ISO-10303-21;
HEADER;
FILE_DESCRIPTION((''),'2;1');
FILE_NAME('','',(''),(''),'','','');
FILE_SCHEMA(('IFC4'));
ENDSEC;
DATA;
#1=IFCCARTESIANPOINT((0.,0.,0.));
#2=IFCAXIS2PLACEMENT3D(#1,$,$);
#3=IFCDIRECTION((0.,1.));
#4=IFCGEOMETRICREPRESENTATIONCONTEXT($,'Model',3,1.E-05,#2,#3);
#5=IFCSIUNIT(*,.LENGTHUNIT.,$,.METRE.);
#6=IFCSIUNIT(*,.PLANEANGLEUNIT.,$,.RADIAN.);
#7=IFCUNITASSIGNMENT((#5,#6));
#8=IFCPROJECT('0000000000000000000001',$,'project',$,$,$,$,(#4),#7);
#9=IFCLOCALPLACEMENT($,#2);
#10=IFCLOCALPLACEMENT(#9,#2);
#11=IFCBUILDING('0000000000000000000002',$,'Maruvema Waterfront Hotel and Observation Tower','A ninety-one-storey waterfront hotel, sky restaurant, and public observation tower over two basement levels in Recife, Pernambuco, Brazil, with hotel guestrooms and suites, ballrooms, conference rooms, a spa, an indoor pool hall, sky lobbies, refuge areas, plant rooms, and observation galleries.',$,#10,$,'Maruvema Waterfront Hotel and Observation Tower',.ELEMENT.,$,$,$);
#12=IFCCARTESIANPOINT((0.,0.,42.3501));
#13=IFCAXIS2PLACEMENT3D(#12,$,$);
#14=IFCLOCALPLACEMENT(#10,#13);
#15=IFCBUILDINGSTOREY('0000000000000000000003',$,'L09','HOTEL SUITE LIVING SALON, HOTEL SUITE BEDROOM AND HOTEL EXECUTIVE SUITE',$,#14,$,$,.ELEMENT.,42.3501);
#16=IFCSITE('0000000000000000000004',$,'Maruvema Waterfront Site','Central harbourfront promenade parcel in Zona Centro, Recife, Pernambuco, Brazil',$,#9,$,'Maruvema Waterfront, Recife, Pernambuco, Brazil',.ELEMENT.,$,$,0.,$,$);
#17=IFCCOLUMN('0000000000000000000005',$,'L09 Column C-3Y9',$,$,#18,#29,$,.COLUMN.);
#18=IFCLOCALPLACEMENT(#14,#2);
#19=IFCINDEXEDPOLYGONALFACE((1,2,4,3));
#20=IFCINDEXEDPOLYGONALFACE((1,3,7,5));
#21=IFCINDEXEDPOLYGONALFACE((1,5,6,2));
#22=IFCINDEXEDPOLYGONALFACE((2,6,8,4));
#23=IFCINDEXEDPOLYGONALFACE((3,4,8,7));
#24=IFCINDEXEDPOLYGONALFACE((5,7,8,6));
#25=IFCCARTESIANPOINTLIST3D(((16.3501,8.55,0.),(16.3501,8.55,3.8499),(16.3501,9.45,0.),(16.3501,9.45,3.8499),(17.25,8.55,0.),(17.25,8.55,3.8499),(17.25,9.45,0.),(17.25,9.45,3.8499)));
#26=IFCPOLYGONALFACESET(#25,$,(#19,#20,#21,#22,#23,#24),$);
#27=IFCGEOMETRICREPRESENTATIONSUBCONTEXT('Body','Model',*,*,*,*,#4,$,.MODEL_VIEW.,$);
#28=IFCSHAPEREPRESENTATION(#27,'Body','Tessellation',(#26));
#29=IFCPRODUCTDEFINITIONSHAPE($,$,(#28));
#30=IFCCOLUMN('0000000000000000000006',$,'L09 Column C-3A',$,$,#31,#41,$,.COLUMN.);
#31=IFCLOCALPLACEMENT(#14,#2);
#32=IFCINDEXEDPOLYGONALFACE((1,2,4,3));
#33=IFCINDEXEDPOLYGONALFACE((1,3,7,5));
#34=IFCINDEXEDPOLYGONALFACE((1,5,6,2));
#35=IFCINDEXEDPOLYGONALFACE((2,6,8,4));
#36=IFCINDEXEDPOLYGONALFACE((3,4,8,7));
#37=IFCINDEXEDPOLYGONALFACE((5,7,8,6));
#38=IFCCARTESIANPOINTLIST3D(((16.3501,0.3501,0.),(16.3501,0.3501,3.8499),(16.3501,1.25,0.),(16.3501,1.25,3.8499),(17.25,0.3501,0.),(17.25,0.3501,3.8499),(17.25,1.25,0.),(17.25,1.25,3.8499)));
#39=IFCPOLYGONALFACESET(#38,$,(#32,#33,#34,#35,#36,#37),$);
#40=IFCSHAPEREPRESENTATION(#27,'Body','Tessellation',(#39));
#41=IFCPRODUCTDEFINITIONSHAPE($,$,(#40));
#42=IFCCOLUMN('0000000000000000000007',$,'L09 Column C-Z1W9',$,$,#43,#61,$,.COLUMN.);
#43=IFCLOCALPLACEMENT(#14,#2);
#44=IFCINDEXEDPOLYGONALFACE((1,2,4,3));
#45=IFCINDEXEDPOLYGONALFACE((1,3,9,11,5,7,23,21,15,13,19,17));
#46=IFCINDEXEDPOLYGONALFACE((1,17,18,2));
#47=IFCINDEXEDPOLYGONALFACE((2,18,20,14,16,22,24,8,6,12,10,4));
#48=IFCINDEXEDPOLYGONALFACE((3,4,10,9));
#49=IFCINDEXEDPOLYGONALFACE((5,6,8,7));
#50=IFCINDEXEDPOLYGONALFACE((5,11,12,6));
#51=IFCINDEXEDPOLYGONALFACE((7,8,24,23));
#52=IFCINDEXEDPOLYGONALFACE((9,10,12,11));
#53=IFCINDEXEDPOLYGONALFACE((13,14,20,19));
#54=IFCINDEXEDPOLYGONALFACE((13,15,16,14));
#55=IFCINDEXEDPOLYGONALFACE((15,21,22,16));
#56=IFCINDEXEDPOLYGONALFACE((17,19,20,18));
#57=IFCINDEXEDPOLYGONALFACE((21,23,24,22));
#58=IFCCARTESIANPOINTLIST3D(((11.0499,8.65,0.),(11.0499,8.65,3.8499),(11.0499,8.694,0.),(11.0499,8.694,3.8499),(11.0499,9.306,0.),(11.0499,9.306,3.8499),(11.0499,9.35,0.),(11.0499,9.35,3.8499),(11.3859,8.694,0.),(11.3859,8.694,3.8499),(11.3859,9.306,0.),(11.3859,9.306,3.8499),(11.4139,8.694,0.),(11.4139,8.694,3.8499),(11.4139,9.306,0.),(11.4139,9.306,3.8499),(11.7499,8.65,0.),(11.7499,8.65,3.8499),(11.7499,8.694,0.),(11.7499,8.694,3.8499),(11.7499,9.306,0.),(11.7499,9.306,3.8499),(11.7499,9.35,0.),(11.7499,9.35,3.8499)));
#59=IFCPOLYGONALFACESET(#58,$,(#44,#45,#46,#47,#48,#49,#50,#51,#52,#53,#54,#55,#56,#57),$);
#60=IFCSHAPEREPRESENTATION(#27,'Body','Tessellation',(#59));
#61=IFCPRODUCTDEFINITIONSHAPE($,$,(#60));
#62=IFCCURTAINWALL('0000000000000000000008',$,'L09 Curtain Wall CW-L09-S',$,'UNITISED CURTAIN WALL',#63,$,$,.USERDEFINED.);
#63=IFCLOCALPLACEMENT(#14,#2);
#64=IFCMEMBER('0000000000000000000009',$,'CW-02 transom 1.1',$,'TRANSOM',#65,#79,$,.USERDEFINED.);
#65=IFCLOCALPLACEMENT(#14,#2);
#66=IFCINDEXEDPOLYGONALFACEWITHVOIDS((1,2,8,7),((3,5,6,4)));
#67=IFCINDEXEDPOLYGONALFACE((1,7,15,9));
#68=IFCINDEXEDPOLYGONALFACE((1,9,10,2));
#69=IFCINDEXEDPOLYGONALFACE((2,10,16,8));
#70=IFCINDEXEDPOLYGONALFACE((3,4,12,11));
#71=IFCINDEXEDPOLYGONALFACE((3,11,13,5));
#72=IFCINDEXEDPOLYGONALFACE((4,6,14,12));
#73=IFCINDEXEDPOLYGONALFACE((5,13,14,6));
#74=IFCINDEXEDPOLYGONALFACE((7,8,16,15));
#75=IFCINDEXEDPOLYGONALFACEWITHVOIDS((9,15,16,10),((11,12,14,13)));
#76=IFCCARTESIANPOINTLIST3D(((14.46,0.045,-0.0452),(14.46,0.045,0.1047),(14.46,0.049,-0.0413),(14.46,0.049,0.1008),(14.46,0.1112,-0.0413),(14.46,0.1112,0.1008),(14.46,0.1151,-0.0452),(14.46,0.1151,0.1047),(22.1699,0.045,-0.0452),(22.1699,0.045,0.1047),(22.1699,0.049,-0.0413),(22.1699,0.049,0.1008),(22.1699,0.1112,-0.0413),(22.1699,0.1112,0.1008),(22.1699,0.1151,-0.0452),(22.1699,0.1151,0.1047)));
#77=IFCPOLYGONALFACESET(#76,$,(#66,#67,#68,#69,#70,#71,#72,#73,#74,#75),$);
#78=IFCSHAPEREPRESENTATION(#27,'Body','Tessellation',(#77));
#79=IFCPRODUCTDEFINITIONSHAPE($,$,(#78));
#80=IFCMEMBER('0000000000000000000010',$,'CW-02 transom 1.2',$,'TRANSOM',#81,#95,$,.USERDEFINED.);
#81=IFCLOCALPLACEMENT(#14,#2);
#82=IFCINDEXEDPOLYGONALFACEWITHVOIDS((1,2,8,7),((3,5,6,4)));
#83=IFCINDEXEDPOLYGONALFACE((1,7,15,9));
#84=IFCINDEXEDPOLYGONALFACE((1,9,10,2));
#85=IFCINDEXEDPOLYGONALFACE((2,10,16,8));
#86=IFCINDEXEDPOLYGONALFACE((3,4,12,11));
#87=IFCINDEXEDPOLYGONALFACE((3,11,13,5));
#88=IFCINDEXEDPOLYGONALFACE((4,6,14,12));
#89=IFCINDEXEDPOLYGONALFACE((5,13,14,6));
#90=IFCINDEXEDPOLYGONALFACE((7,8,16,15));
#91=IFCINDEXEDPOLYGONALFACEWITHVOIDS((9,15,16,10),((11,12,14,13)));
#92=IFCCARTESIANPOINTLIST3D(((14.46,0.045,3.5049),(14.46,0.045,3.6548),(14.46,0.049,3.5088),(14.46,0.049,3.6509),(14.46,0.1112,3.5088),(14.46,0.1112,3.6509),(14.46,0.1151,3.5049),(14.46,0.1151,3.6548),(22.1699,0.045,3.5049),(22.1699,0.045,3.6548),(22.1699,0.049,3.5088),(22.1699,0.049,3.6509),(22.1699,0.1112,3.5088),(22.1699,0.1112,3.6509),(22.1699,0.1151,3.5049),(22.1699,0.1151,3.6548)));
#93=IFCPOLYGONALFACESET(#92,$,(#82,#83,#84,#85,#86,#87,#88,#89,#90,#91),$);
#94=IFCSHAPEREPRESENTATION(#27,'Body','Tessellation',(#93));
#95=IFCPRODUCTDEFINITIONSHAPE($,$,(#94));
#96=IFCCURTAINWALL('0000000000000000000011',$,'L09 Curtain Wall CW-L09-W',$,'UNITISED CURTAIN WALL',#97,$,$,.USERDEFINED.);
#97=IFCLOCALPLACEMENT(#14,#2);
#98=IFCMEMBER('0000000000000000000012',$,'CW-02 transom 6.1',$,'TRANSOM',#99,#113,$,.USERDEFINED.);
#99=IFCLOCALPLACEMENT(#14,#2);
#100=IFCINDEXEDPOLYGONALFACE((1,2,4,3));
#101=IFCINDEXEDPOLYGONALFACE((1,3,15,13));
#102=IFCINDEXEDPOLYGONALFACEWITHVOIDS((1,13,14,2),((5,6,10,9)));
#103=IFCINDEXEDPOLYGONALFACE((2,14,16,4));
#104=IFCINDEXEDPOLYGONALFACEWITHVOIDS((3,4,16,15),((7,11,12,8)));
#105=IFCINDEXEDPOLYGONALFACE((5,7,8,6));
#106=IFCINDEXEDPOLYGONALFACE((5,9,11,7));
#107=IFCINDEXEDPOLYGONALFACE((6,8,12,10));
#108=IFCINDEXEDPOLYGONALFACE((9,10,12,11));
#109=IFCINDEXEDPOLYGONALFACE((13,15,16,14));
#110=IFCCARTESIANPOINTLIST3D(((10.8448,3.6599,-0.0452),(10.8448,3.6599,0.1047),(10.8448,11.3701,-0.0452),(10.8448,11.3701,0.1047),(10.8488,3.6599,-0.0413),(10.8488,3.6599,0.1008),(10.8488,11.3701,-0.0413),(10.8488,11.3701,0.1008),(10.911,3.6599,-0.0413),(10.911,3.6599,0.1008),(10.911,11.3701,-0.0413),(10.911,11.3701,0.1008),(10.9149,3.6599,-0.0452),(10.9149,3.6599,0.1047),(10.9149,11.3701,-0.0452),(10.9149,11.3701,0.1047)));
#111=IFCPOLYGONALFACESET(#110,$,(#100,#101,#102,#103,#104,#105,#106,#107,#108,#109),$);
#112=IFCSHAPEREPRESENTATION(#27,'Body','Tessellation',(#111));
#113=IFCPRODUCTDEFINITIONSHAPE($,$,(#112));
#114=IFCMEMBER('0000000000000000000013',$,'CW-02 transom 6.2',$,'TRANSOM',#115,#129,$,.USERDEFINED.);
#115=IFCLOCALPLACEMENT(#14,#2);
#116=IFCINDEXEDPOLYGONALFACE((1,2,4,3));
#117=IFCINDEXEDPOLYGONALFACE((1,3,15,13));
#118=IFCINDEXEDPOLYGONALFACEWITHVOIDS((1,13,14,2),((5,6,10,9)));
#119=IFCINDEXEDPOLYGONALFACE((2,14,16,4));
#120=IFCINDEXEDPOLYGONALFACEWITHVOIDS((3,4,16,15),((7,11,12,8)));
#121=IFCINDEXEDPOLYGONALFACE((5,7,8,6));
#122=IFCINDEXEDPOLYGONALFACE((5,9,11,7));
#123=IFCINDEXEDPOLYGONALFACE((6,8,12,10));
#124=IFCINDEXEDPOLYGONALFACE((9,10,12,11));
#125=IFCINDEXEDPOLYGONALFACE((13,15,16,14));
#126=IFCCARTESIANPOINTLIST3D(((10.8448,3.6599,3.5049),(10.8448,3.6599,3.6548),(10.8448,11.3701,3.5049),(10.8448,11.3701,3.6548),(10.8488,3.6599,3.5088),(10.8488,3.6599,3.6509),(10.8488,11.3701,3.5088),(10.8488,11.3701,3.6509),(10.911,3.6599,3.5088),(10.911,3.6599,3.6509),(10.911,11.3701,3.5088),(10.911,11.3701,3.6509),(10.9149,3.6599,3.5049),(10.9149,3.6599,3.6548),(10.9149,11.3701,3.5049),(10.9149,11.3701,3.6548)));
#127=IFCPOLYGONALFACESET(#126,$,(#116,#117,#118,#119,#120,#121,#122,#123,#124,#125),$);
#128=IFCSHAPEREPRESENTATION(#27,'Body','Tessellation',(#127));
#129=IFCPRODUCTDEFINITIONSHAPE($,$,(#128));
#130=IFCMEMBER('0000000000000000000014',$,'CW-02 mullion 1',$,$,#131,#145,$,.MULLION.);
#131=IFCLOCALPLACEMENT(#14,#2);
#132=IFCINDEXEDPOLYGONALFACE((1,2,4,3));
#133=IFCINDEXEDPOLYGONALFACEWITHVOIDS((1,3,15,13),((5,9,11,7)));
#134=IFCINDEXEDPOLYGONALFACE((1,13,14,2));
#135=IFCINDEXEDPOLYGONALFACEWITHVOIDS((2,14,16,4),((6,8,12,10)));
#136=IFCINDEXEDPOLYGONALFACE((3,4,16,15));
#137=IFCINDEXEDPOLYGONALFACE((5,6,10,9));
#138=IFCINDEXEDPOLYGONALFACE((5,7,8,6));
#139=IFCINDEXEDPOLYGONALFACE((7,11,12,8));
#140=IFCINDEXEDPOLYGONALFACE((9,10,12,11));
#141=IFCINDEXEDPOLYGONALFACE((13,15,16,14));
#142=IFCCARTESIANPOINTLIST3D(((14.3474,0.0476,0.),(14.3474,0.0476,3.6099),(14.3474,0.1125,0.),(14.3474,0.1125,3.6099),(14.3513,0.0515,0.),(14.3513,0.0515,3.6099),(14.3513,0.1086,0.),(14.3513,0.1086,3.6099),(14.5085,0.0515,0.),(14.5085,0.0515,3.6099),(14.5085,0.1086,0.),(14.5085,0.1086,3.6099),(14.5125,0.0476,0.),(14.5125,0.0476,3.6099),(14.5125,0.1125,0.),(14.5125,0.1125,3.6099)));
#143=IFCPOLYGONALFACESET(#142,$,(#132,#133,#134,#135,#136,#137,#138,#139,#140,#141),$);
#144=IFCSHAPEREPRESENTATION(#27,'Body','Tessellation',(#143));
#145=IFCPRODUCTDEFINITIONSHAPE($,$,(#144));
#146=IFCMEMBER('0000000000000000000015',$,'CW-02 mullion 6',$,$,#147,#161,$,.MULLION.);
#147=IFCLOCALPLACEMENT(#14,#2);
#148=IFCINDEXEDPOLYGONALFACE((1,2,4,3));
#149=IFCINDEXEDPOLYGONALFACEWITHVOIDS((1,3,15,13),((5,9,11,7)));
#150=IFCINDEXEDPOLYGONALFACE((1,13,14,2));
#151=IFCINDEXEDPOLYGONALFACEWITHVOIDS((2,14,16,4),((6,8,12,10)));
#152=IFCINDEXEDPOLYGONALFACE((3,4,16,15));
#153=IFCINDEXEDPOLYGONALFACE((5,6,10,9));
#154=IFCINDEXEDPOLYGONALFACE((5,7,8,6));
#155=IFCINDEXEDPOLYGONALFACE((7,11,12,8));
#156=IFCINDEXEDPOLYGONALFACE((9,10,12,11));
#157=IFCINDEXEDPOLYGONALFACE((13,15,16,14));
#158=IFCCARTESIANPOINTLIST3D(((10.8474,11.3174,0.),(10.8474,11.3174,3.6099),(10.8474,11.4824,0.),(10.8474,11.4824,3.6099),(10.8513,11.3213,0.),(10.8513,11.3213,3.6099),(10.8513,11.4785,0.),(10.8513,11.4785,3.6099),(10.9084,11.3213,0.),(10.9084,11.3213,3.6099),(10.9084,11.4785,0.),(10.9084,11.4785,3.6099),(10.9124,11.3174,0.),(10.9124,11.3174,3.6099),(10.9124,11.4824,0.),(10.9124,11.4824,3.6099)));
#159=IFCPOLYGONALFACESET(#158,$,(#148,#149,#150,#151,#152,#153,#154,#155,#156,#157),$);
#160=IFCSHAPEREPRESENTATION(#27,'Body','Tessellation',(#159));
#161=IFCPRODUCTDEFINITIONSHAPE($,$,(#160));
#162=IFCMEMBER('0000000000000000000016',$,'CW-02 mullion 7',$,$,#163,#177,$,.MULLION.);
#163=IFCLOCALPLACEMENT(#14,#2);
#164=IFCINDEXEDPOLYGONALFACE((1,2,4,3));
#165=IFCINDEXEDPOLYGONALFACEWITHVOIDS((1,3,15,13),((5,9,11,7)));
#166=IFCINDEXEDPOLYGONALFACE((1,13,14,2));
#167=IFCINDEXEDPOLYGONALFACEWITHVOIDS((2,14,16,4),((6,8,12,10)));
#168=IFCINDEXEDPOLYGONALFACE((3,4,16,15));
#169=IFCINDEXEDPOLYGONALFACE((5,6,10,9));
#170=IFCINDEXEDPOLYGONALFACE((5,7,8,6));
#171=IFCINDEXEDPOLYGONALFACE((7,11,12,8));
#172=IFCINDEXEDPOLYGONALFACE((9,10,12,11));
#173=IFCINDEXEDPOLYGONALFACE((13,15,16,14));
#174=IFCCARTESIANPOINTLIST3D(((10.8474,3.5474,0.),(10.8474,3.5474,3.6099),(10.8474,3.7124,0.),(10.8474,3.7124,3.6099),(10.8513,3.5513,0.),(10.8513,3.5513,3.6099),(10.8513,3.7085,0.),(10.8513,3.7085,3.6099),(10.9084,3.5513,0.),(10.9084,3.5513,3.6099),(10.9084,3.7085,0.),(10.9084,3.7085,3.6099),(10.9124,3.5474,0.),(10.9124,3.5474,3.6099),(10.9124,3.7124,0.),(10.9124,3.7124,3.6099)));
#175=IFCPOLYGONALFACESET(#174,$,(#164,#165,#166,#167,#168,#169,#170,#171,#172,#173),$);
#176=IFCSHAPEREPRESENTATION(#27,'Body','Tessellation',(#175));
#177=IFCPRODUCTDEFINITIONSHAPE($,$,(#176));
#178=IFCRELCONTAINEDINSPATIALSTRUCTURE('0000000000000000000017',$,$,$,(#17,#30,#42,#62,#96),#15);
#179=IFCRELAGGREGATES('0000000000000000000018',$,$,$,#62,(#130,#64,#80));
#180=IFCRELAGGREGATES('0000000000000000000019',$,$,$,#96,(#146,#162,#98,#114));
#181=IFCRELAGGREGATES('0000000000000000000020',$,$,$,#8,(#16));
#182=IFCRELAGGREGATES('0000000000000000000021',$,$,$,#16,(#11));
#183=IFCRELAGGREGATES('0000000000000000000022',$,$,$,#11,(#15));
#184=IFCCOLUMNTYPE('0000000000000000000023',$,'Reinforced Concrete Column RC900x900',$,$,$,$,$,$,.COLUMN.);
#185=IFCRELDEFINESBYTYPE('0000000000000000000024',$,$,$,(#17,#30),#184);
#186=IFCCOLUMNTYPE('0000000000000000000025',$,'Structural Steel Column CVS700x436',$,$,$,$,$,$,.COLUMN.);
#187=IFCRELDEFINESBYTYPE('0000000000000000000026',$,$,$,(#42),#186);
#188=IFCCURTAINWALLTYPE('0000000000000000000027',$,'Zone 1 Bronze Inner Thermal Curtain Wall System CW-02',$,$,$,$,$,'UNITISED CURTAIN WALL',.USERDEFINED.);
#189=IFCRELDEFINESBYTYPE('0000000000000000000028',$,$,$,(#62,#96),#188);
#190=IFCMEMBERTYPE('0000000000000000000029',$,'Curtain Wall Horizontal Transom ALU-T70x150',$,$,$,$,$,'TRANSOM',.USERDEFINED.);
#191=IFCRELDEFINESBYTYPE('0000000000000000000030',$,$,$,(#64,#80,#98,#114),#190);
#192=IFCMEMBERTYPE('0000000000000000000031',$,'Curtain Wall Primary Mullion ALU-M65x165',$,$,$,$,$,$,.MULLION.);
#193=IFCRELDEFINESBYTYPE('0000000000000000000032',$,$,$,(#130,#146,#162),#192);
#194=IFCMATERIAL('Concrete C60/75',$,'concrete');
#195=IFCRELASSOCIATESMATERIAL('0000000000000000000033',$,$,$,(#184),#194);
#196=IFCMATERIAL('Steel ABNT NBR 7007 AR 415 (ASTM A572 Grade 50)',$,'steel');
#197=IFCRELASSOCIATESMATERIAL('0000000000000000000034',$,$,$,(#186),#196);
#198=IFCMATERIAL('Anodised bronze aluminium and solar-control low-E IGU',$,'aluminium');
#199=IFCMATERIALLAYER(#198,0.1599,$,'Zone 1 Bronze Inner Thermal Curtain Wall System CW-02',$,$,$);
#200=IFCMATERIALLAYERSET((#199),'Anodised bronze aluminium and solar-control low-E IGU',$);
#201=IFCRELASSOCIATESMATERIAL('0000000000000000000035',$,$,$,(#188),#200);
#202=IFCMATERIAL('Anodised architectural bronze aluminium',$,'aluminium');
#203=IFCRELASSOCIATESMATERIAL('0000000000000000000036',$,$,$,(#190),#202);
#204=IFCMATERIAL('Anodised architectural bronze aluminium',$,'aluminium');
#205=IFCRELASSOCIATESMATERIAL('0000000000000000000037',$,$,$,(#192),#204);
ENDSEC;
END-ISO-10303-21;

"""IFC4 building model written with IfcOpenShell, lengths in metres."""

from ifc_helpers import new_model, si_unit, direction, frame, origin, origin_2d, place, context, subcontext, project, spatial, rectangle, hollow_rectangle, i_section, extrude, material, layer, layer_set, material_profile, profile_set, type_object, element, aggregate, save


model = new_model("IFC4")

# Units and contexts
model_context = context("Model", 3, precision=1e-05, world=origin(), true_north=direction((0.0, 1.0)))
body_context = subcontext(model_context, "Body", "Model", "MODEL_VIEW")
ifc_project = project(units=[si_unit("LENGTHUNIT", "METRE"), si_unit("PLANEANGLEUNIT", "RADIAN")], contexts=[model_context])

# Site, building, storey
site_placement = place(None, origin())
site = spatial("IfcSite", under=ifc_project, at=site_placement, Name="Maruvema Waterfront Site", Description="Central harbourfront promenade parcel in Zona Centro, Recife, Pernambuco, Brazil", LongName="Maruvema Waterfront, Recife, Pernambuco, Brazil", CompositionType="ELEMENT", RefElevation=0.0)
building_placement = place(site_placement, origin())
building = spatial("IfcBuilding", under=site, at=building_placement, Name="Maruvema Waterfront Hotel and Observation Tower", Description="A ninety-one-storey waterfront hotel, sky restaurant, and public observation tower over two basement levels in Recife, Pernambuco, Brazil, with hotel guestrooms and suites, ballrooms, conference rooms, a spa, an indoor pool hall, sky lobbies, refuge areas, plant rooms, and observation galleries.", LongName="Maruvema Waterfront Hotel and Observation Tower", CompositionType="ELEMENT")
storey_placement = place(building_placement, frame((0.0, 0.0, 42.3501)))
storey = spatial("IfcBuildingStorey", under=building, at=storey_placement, Name="L09", Description="HOTEL SUITE LIVING SALON, HOTEL SUITE BEDROOM AND HOTEL EXECUTIVE SUITE", CompositionType="ELEMENT", Elevation=42.3501)

# Columns
ifc_material_1 = material(Name="Concrete C60/75", Category="concrete")
ifc_material_profile_1 = material_profile(ifc_material_1, rectangle(XDim=0.8999, YDim=0.8999, at=origin_2d()), Name="RC900x900")
ifc_profile_set_1 = profile_set([ifc_material_profile_1], Name="Concrete C60/75")
column_type_1 = type_object("IfcColumnType", Name="Reinforced Concrete Column RC900x900", PredefinedType="COLUMN", material=ifc_profile_set_1)
for number, where, z_axis, x_axis, name in (
    (1, (16.8, 9.0, 0.0), (0.0, 0.0, 1.0), (1.0, 0.0, 0.0), "L09 Column C-3Y9"),
    (2, (16.8, 0.8, 0.0), (0.0, 0.0, 1.0), (1.0, 0.0, 0.0), "L09 Column C-3A"),
):
    element("IfcColumn", number, at=place(storey_placement, frame(where, z_axis=z_axis, x_axis=x_axis)), inside=storey, type_object=column_type_1, Name=name, PredefinedType="COLUMN", context=body_context, shape_type="SweptSolid", body=[
        extrude(rectangle(XDim=0.8999, YDim=0.8999, at=origin_2d()), origin(), (0.0, 0.0, 1.0), 3.8499),
    ])
ifc_material_2 = material(Name="Steel ABNT NBR 7007 AR 415 (ASTM A572 Grade 50)", Category="steel")
ifc_material_profile_2 = material_profile(ifc_material_2, i_section(OverallWidth=0.7, OverallDepth=0.7, WebThickness=0.0281, FlangeThickness=0.0439, at=origin_2d()), Name="CVS700x436")
ifc_profile_set_2 = profile_set([ifc_material_profile_2], Name="Steel ABNT NBR 7007 AR 415 (ASTM A572 Grade 50)")
column_type_2 = type_object("IfcColumnType", Name="Structural Steel Column CVS700x436", PredefinedType="COLUMN", material=ifc_profile_set_2)
column_placement = place(storey_placement, frame((11.3999, 9.0, 0.0), z_axis=(0.0, 0.0, 1.0), x_axis=(1.0, 0.0, 0.0)))
element("IfcColumn", 3, at=column_placement, inside=storey, type_object=column_type_2, Name="L09 Column C-Z1W9", PredefinedType="COLUMN", context=body_context, shape_type="SweptSolid", body=[
    extrude(i_section(OverallWidth=0.7, OverallDepth=0.7, WebThickness=0.0281, FlangeThickness=0.0439, at=origin_2d()), origin(), (0.0, 0.0, 1.0), 3.8499),
])

# Curtain walls, members
ifc_material_3 = material(Name="Anodised bronze aluminium and solar-control low-E IGU", Category="aluminium")
ifc_layer_1 = layer(ifc_material_3, 0.1599, Name="Zone 1 Bronze Inner Thermal Curtain Wall System CW-02")
ifc_layer_set_1 = layer_set([ifc_layer_1], Name="Anodised bronze aluminium and solar-control low-E IGU")
curtain_wall_type = type_object("IfcCurtainWallType", Name="Zone 1 Bronze Inner Thermal Curtain Wall System CW-02", ElementType="UNITISED CURTAIN WALL", PredefinedType="USERDEFINED", material=ifc_layer_set_1)
curtain_wall_1_placement = place(storey_placement, origin())
curtain_wall_1 = element("IfcCurtainWall", 4, at=curtain_wall_1_placement, inside=storey, type_object=curtain_wall_type, Name="L09 Curtain Wall CW-L09-S", ObjectType="UNITISED CURTAIN WALL", PredefinedType="USERDEFINED")
ifc_material_4 = material(Name="Anodised architectural bronze aluminium", Category="aluminium")
ifc_material_profile_3 = material_profile(ifc_material_4, hollow_rectangle(XDim=0.0701, YDim=0.1499, WallThickness=0.0039, at=origin_2d()), Name="ALU-T70x150")
ifc_profile_set_3 = profile_set([ifc_material_profile_3], Name="Anodised architectural bronze aluminium")
member_type_1 = type_object("IfcMemberType", Name="Curtain Wall Horizontal Transom ALU-T70x150", ElementType="TRANSOM", PredefinedType="USERDEFINED", material=ifc_profile_set_3)
member_1_placement = place(storey_placement, frame((14.46, 0.0801, 0.0298), z_axis=(1.0, 0.0, 0.0), x_axis=(0.0, 1.0, 0.0)))
member_1 = element("IfcMember", 5, at=member_1_placement, type_object=member_type_1, Name="CW-02 transom 1.1", ObjectType="TRANSOM", PredefinedType="USERDEFINED", context=body_context, shape_type="SweptSolid", body=[
    extrude(hollow_rectangle(XDim=0.0701, YDim=0.1499, WallThickness=0.0039, at=origin_2d()), origin(), (0.0, 0.0, 1.0), 7.71),
])
member_2_placement = place(storey_placement, frame((14.46, 0.0801, 3.5798), z_axis=(1.0, 0.0, 0.0), x_axis=(0.0, 1.0, 0.0)))
member_2 = element("IfcMember", 6, at=member_2_placement, type_object=member_type_1, Name="CW-02 transom 1.2", ObjectType="TRANSOM", PredefinedType="USERDEFINED", context=body_context, shape_type="SweptSolid", body=[
    extrude(hollow_rectangle(XDim=0.0701, YDim=0.1499, WallThickness=0.0039, at=origin_2d()), origin(), (0.0, 0.0, 1.0), 7.71),
])
curtain_wall_2_placement = place(storey_placement, origin())
curtain_wall_2 = element("IfcCurtainWall", 7, at=curtain_wall_2_placement, inside=storey, type_object=curtain_wall_type, Name="L09 Curtain Wall CW-L09-W", ObjectType="UNITISED CURTAIN WALL", PredefinedType="USERDEFINED")
member_3_placement = place(storey_placement, frame((10.8799, 11.3701, 0.0298), z_axis=(0.0, -1.0, 0.0), x_axis=(1.0, 0.0, 0.0)))
member_3 = element("IfcMember", 8, at=member_3_placement, type_object=member_type_1, Name="CW-02 transom 6.1", ObjectType="TRANSOM", PredefinedType="USERDEFINED", context=body_context, shape_type="SweptSolid", body=[
    extrude(hollow_rectangle(XDim=0.0701, YDim=0.1499, WallThickness=0.0039, at=origin_2d()), origin(), (0.0, 0.0, 1.0), 7.7102),
])
member_4_placement = place(storey_placement, frame((10.8799, 11.3701, 3.5798), z_axis=(0.0, -1.0, 0.0), x_axis=(1.0, 0.0, 0.0)))
member_4 = element("IfcMember", 9, at=member_4_placement, type_object=member_type_1, Name="CW-02 transom 6.2", ObjectType="TRANSOM", PredefinedType="USERDEFINED", context=body_context, shape_type="SweptSolid", body=[
    extrude(hollow_rectangle(XDim=0.0701, YDim=0.1499, WallThickness=0.0039, at=origin_2d()), origin(), (0.0, 0.0, 1.0), 7.7102),
])

# Members
ifc_material_5 = material(Name="Anodised architectural bronze aluminium", Category="aluminium")
ifc_material_profile_4 = material_profile(ifc_material_5, hollow_rectangle(XDim=0.0649, YDim=0.165, WallThickness=0.0039, at=origin_2d()), Name="ALU-M65x165")
ifc_profile_set_4 = profile_set([ifc_material_profile_4], Name="Anodised architectural bronze aluminium")
member_type_2 = type_object("IfcMemberType", Name="Curtain Wall Primary Mullion ALU-M65x165", PredefinedType="MULLION", material=ifc_profile_set_4)
member_5_placement = place(storey_placement, frame((14.4299, 0.0801, 0.0), z_axis=(0.0, 0.0, 1.0), x_axis=(0.0, 1.0, 0.0)))
member_5 = element("IfcMember", 10, at=member_5_placement, type_object=member_type_2, Name="CW-02 mullion 1", PredefinedType="MULLION", context=body_context, shape_type="SweptSolid", body=[
    extrude(hollow_rectangle(XDim=0.0649, YDim=0.165, WallThickness=0.0039, at=origin_2d()), origin(), (0.0, 0.0, 1.0), 3.6099),
])
member_6_placement = place(storey_placement, frame((10.8799, 11.3999, 0.0), z_axis=(0.0, 0.0, 1.0), x_axis=(1.0, 0.0, 0.0)))
member_6 = element("IfcMember", 11, at=member_6_placement, type_object=member_type_2, Name="CW-02 mullion 6", PredefinedType="MULLION", context=body_context, shape_type="SweptSolid", body=[
    extrude(hollow_rectangle(XDim=0.0649, YDim=0.165, WallThickness=0.0039, at=origin_2d()), origin(), (0.0, 0.0, 1.0), 3.6099),
])
member_7_placement = place(storey_placement, frame((10.8799, 3.6299, 0.0), z_axis=(0.0, 0.0, 1.0), x_axis=(1.0, 0.0, 0.0)))
member_7 = element("IfcMember", 12, at=member_7_placement, type_object=member_type_2, Name="CW-02 mullion 7", PredefinedType="MULLION", context=body_context, shape_type="SweptSolid", body=[
    extrude(hollow_rectangle(XDim=0.0649, YDim=0.165, WallThickness=0.0039, at=origin_2d()), origin(), (0.0, 0.0, 1.0), 3.6099),
])

aggregate(curtain_wall_1, [member_5, member_1, member_2])
aggregate(curtain_wall_2, [member_6, member_7, member_3, member_4])

save(model, "model.ifc")
